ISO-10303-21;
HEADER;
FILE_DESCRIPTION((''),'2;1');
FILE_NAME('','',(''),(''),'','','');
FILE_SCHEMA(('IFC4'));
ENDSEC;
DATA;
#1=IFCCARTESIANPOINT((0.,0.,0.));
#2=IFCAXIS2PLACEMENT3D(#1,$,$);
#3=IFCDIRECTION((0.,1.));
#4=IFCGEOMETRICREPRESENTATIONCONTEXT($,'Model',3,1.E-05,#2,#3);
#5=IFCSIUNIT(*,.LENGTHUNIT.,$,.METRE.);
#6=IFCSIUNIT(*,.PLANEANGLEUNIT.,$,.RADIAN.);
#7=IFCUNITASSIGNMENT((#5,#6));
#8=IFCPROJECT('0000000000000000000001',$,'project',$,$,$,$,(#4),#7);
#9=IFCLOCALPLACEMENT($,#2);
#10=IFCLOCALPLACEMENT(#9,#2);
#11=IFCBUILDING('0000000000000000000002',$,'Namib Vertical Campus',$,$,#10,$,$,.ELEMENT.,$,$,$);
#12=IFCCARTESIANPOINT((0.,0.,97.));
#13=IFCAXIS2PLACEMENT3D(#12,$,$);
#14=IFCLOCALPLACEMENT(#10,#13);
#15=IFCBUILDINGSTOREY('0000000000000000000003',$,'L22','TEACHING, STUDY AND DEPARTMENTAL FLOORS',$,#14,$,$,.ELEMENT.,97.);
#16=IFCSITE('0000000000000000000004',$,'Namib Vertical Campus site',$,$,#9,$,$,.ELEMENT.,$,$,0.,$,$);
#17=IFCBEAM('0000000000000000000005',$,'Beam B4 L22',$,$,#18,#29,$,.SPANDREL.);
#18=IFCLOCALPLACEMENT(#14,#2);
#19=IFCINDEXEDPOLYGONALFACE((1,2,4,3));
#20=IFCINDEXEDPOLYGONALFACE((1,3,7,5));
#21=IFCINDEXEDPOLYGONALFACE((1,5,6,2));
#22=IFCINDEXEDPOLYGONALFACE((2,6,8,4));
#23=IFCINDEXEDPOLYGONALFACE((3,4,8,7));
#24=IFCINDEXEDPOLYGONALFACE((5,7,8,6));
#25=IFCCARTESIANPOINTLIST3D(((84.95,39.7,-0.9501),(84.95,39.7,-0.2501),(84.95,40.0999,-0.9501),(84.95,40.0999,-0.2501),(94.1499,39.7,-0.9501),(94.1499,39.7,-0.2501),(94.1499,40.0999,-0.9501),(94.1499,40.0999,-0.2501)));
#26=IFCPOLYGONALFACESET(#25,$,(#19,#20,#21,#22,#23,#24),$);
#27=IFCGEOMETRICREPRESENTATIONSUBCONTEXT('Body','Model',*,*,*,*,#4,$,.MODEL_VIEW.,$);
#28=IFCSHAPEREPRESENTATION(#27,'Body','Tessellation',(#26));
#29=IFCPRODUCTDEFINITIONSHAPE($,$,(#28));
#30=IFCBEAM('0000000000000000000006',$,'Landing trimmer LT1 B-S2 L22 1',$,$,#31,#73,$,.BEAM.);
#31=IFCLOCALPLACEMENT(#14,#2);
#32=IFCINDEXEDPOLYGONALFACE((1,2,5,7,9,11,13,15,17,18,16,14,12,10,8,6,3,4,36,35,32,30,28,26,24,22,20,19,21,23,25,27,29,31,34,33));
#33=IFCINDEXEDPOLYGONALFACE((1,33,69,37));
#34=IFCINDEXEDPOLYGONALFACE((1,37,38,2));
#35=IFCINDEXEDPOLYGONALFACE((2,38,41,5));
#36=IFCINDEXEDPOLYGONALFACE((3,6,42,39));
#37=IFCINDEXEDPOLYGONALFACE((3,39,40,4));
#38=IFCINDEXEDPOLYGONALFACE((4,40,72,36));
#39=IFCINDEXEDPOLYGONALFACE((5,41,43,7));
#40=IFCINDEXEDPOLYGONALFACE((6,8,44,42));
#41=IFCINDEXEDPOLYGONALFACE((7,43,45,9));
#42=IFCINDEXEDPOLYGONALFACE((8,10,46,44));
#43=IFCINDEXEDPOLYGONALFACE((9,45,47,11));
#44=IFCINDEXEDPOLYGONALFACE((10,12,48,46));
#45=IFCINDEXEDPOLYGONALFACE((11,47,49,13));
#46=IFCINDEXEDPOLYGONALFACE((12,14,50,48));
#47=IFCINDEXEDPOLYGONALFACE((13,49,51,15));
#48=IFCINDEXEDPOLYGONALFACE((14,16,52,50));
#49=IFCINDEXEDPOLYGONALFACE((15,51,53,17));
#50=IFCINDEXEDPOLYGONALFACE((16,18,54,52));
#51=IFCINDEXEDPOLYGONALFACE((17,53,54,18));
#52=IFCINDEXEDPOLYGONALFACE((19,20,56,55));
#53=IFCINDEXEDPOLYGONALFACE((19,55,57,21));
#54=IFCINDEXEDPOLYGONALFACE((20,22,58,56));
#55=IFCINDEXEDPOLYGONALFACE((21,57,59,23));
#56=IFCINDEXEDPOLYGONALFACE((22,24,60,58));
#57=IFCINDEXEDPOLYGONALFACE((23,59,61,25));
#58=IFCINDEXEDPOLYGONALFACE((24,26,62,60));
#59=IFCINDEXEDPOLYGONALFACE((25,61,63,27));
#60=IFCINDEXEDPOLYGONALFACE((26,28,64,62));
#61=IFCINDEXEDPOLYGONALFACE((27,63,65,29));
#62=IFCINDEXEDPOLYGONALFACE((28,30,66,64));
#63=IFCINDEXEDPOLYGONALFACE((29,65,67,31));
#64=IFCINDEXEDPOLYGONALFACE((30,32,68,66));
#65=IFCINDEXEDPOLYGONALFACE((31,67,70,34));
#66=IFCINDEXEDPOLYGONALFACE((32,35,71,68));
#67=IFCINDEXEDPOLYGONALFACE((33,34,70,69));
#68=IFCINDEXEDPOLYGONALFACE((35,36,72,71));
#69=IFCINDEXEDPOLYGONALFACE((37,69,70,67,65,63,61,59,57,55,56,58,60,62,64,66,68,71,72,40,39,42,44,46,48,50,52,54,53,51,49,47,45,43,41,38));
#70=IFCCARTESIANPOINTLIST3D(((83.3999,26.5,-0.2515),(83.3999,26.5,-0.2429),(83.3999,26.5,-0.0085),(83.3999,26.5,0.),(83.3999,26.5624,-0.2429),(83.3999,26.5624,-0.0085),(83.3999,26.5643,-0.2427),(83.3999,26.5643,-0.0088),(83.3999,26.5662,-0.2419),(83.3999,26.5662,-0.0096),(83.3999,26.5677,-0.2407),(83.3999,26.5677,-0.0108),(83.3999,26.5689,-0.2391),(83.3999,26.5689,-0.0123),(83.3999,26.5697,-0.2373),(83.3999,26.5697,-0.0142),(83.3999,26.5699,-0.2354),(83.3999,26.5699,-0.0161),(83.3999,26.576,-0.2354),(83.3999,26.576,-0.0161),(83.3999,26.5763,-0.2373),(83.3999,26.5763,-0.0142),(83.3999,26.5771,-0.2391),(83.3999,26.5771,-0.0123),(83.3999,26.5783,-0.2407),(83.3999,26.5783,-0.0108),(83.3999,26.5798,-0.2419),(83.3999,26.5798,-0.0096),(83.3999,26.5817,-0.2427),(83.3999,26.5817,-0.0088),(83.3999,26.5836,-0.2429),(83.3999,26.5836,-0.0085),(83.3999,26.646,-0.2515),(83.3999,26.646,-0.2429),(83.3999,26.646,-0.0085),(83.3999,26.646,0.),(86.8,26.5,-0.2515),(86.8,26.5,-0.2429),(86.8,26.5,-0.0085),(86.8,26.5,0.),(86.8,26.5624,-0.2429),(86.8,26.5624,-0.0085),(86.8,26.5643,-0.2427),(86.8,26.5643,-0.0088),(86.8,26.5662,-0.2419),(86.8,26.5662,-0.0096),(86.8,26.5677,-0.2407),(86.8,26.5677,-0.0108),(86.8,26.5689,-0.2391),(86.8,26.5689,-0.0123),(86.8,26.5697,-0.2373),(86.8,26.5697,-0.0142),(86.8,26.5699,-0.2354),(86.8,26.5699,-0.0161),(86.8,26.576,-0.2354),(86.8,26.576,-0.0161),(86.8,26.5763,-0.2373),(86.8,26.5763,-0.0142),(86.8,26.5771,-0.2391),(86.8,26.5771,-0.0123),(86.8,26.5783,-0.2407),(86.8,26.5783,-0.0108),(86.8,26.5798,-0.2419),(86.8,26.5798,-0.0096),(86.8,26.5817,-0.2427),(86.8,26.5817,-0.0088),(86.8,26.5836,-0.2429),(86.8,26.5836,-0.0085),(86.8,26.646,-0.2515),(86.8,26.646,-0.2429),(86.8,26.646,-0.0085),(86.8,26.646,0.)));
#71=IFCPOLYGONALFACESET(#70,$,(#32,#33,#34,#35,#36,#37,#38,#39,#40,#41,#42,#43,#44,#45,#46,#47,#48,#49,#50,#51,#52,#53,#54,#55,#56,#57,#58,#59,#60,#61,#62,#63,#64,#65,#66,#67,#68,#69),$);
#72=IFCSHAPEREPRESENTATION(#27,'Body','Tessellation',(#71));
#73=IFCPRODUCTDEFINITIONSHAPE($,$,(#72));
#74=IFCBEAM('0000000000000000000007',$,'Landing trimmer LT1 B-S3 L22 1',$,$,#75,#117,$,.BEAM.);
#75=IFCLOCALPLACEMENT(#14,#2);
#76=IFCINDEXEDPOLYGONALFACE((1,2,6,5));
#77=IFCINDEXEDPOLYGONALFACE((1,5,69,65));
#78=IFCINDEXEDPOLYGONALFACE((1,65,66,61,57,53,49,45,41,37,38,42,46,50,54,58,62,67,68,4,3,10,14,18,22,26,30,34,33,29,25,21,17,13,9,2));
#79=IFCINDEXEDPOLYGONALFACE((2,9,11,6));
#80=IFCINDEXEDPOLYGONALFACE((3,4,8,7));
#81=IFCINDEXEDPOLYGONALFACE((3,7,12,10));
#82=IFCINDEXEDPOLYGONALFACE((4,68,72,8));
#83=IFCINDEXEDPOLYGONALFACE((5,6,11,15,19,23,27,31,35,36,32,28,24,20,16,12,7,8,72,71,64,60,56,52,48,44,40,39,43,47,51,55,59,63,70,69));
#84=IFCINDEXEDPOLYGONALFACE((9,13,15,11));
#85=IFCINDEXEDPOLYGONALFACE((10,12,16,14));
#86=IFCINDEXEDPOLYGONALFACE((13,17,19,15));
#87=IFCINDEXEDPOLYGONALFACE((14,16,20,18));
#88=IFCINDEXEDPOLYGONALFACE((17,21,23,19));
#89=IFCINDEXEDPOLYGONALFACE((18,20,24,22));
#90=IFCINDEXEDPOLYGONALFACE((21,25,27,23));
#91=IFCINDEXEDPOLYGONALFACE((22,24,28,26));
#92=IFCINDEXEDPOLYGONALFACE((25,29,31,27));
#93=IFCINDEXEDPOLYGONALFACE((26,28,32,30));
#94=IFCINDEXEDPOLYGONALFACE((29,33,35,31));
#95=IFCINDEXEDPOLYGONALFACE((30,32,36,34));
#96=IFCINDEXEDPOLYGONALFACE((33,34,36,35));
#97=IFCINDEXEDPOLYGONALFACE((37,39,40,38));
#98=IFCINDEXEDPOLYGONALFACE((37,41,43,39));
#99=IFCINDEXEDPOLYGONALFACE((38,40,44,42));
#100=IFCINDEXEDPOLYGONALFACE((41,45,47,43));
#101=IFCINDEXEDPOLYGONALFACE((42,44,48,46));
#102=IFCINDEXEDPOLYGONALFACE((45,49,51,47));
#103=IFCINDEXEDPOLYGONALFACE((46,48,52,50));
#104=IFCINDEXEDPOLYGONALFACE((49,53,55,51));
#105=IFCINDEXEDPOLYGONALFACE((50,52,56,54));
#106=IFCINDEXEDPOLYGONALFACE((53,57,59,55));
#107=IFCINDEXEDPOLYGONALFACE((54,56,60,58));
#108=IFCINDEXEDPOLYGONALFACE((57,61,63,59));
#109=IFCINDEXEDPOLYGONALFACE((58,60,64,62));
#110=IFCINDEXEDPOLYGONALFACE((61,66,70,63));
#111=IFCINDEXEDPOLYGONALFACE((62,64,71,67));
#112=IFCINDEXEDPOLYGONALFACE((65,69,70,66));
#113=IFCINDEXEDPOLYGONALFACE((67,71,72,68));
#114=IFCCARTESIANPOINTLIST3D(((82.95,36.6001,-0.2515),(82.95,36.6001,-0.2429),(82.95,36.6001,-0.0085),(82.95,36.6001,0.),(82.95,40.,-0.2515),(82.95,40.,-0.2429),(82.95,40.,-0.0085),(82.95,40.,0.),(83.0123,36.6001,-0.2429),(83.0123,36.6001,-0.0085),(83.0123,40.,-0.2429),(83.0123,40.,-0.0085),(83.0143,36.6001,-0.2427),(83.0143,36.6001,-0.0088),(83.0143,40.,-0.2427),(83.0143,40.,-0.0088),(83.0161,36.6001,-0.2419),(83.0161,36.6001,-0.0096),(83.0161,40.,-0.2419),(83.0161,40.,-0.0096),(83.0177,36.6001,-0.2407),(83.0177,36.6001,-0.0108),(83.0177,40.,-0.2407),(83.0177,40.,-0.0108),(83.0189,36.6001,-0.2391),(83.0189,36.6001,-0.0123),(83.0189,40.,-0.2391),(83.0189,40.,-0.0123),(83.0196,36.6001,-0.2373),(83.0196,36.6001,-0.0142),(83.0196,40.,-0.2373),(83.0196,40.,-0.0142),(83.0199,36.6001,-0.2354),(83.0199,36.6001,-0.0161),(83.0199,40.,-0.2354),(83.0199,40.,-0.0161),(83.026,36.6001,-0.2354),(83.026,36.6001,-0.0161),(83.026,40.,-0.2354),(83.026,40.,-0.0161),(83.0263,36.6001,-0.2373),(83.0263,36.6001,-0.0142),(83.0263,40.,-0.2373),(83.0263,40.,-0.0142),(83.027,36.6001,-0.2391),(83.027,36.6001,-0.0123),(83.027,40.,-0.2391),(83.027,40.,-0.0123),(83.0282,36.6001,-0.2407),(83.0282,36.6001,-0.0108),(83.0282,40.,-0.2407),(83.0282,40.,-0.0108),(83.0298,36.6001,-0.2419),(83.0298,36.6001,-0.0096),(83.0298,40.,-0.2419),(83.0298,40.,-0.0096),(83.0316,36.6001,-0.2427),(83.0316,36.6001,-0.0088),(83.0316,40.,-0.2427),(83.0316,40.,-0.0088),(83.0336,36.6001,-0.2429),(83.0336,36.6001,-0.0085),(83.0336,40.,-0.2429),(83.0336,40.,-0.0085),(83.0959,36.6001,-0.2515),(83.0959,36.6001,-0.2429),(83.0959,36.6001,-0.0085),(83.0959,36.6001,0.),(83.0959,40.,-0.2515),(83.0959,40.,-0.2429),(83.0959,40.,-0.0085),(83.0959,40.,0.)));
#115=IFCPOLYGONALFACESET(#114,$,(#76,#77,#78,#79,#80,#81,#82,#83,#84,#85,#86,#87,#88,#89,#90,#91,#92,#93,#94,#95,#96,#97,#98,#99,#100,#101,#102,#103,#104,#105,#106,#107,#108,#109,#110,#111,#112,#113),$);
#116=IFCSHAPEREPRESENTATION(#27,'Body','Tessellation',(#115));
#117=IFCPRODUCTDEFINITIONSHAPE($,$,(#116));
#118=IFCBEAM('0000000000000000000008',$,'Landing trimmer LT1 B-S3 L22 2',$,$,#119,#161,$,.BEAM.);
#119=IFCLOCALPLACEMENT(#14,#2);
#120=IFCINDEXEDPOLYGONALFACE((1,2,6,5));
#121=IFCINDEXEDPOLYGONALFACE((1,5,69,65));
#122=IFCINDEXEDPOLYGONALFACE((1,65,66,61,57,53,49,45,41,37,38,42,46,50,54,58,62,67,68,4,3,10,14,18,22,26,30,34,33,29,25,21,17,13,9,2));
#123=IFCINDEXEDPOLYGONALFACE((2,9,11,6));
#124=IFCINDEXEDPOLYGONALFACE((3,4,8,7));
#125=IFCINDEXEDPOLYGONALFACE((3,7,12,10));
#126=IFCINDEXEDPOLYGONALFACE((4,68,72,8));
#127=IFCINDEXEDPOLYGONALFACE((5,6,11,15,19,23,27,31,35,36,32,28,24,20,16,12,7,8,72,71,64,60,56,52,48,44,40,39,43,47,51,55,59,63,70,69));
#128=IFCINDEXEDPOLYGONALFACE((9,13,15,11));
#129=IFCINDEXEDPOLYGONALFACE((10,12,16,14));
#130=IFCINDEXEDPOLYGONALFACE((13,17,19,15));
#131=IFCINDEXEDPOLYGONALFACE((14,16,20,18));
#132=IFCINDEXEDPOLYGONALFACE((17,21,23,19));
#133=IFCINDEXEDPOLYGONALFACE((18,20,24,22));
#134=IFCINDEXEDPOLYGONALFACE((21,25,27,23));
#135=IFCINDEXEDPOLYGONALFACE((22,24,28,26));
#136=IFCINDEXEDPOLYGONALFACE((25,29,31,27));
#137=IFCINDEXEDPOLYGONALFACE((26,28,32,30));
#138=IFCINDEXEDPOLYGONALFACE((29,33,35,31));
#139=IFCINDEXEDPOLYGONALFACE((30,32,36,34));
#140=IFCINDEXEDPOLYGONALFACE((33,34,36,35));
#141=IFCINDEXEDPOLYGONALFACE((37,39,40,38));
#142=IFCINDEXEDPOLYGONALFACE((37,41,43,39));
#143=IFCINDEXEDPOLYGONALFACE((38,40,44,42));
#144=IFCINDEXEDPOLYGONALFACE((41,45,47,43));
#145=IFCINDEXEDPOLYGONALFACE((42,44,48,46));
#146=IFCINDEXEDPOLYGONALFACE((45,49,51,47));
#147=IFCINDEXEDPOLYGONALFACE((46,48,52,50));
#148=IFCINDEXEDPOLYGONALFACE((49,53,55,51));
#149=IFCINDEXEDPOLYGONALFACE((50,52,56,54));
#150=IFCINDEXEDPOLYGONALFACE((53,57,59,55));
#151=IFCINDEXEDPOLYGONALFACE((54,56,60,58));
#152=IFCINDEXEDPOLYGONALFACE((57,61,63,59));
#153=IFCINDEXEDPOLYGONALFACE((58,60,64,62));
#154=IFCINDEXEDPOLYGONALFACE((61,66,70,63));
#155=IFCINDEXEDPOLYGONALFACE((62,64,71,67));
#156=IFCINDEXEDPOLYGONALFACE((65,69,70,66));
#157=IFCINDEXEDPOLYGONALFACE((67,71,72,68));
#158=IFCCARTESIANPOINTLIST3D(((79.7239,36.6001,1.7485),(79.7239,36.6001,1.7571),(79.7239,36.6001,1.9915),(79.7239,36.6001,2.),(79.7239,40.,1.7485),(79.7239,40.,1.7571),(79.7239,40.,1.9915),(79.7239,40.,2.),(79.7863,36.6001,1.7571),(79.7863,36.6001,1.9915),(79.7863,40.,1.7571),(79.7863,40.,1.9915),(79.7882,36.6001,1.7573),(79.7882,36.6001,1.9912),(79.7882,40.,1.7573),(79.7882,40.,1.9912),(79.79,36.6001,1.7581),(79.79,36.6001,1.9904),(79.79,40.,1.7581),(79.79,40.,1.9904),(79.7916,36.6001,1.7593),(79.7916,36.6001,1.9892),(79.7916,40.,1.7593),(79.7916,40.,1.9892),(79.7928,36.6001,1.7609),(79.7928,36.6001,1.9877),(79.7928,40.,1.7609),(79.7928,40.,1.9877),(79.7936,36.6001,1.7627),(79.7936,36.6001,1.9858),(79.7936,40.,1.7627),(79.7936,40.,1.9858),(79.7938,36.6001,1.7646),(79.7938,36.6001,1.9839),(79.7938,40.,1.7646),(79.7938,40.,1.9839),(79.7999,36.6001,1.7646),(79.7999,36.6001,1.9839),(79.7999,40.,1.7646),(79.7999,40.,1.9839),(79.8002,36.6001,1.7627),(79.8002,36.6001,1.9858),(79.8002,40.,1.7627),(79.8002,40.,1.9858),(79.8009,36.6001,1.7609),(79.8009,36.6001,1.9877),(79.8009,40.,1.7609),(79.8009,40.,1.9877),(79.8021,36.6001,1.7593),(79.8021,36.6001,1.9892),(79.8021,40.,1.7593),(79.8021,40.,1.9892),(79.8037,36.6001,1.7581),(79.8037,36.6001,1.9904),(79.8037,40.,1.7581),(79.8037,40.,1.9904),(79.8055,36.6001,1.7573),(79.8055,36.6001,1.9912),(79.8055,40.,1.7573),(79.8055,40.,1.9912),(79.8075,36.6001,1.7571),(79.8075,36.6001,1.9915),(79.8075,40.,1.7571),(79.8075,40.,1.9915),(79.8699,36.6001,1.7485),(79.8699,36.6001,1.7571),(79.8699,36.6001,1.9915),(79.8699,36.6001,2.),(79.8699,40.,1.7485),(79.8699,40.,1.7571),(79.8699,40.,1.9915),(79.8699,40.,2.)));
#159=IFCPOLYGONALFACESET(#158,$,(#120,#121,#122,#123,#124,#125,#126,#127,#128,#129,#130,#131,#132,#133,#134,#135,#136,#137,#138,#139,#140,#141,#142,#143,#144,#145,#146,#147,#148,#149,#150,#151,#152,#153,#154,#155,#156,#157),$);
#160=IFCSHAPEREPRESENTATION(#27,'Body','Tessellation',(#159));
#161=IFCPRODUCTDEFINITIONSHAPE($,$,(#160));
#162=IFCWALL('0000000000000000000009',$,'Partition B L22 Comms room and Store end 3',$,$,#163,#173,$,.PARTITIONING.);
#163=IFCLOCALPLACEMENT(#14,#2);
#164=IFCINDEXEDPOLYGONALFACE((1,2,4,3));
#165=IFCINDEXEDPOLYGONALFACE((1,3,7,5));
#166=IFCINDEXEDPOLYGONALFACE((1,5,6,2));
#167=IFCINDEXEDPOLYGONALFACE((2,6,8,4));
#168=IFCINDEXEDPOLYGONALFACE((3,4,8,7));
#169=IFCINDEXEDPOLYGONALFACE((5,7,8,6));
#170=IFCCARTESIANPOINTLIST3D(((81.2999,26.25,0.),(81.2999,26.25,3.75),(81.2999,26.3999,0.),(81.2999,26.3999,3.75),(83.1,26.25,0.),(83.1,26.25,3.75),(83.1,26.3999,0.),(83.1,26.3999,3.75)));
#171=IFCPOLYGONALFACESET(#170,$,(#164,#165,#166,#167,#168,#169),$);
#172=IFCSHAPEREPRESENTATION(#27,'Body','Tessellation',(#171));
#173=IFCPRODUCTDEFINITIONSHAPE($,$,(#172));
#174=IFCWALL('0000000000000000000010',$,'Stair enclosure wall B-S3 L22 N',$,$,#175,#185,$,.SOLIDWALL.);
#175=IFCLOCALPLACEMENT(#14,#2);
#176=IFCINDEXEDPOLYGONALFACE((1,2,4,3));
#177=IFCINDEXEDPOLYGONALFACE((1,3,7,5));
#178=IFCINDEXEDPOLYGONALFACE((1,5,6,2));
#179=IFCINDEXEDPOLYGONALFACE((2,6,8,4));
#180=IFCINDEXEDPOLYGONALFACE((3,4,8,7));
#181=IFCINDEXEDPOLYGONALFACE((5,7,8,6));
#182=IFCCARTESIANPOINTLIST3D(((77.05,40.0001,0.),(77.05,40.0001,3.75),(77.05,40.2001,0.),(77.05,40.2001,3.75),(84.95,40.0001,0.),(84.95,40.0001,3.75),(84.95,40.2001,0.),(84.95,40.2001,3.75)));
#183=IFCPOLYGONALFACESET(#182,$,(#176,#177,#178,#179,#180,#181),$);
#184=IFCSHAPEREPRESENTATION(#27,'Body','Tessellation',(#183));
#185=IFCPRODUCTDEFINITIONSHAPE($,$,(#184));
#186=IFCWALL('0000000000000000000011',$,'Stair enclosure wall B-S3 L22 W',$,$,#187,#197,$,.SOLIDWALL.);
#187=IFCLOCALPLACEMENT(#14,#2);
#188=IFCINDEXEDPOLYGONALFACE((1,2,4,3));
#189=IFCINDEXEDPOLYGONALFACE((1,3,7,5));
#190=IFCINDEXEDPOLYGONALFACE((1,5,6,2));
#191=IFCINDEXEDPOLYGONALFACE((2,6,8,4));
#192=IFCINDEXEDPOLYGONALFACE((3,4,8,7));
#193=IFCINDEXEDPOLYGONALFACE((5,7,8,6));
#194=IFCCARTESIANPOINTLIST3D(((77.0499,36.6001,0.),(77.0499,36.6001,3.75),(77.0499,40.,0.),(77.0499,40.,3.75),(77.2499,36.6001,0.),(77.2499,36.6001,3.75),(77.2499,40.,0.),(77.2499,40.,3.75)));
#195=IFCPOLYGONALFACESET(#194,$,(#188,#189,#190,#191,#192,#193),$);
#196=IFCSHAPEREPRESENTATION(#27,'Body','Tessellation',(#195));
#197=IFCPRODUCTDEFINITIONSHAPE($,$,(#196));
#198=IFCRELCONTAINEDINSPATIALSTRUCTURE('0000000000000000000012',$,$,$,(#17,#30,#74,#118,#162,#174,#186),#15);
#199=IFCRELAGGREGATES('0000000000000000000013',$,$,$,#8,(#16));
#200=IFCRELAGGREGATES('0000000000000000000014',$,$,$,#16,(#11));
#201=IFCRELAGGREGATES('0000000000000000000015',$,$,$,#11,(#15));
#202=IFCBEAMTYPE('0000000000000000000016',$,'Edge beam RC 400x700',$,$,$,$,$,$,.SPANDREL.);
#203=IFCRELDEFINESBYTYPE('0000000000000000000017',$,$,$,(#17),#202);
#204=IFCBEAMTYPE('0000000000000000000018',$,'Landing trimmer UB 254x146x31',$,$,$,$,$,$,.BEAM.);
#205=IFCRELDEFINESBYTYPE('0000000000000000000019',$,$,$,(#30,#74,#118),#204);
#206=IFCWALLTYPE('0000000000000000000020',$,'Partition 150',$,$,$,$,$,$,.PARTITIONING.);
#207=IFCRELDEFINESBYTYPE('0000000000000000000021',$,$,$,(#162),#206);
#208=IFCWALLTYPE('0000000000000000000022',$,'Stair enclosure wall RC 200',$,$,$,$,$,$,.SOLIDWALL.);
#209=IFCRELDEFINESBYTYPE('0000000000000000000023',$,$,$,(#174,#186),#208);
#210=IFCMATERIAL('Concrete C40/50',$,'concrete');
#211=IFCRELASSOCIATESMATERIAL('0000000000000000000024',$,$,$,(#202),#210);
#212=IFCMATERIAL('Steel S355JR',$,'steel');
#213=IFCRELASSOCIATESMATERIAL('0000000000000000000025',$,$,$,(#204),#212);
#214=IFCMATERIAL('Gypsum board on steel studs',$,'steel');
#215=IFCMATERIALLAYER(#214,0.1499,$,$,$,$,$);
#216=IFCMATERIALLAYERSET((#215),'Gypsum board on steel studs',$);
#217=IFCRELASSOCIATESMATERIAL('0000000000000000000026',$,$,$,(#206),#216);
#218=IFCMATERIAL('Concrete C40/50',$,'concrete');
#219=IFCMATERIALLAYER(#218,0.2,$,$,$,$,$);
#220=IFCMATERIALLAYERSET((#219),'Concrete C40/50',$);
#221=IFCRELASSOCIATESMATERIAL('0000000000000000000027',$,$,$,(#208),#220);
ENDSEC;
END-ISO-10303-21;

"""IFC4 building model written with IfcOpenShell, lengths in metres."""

from ifc_helpers import new_model, si_unit, direction, frame, frame_2d, origin, origin_2d, place, context, subcontext, project, spatial, rectangle, i_section, extrude, material, layer, layer_set, material_profile, profile_set, type_object, element, save


model = new_model("IFC4")

# Units and contexts
model_context = context("Model", 3, precision=1e-05, world=origin(), true_north=direction((0.0, 1.0)))
body_context = subcontext(model_context, "Body", "Model", "MODEL_VIEW")
ifc_project = project(units=[si_unit("LENGTHUNIT", "METRE"), si_unit("PLANEANGLEUNIT", "RADIAN")], contexts=[model_context])

# Site, building, storey
site_placement = place(None, origin())
site = spatial("IfcSite", under=ifc_project, at=site_placement, Name="Namib Vertical Campus site", CompositionType="ELEMENT", RefElevation=0.0)
building_placement = place(site_placement, origin())
building = spatial("IfcBuilding", under=site, at=building_placement, Name="Namib Vertical Campus", CompositionType="ELEMENT")
storey_placement = place(building_placement, frame((0.0, 0.0, 97.0)))
storey = spatial("IfcBuildingStorey", under=building, at=storey_placement, Name="L22", Description="TEACHING, STUDY AND DEPARTMENTAL FLOORS", CompositionType="ELEMENT", Elevation=97.0)

# Beams
ifc_material_1 = material(Name="Concrete C40/50", Category="concrete")
ifc_material_profile_1 = material_profile(ifc_material_1, rectangle(XDim=0.3999, YDim=0.7, at=origin_2d()))
ifc_profile_set_1 = profile_set([ifc_material_profile_1], Name="Concrete C40/50")
beam_type_1 = type_object("IfcBeamType", Name="Edge beam RC 400x700", PredefinedType="SPANDREL", material=ifc_profile_set_1)
beam_1_placement = place(storey_placement, frame((84.95, 39.8999, -0.6001), z_axis=(1.0, 0.0, 0.0), x_axis=(0.0, 1.0, 0.0)))
element("IfcBeam", 1, at=beam_1_placement, inside=storey, type_object=beam_type_1, Name="Beam B4 L22", PredefinedType="SPANDREL", context=body_context, shape_type="SweptSolid", body=[
    extrude(rectangle(XDim=0.3999, YDim=0.7, at=origin_2d()), origin(), (0.0, 0.0, 1.0), 9.2),
])
ifc_material_2 = material(Name="Steel S355JR", Category="steel")
ifc_material_profile_2 = material_profile(ifc_material_2, i_section(OverallWidth=0.146, OverallDepth=0.2515, WebThickness=0.0061, FlangeThickness=0.0085, FilletRadius=0.0076, at=origin_2d()))
ifc_profile_set_2 = profile_set([ifc_material_profile_2], Name="Steel S355JR")
beam_type_2 = type_object("IfcBeamType", Name="Landing trimmer UB 254x146x31", PredefinedType="BEAM", material=ifc_profile_set_2)
beam_2_placement = place(storey_placement, frame((83.3999, 26.573, -0.1257), z_axis=(1.0, 0.0, 0.0), x_axis=(0.0, 1.0, 0.0)))
element("IfcBeam", 2, at=beam_2_placement, inside=storey, type_object=beam_type_2, Name="Landing trimmer LT1 B-S2 L22 1", PredefinedType="BEAM", context=body_context, shape_type="SweptSolid", body=[
    extrude(i_section(OverallWidth=0.146, OverallDepth=0.2515, WebThickness=0.0061, FlangeThickness=0.0085, FilletRadius=0.0076, at=origin_2d()), origin(), (0.0, 0.0, 1.0), 3.4001),
])
for number, where, z_axis, x_axis, name in (
    (3, (83.0229, 36.6001, -0.1257), (0.0, 1.0, 0.0), (-1.0, 0.0, 0.0), "Landing trimmer LT1 B-S3 L22 1"),
    (4, (79.7969, 36.6001, 1.8743), (0.0, 1.0, 0.0), (-1.0, 0.0, 0.0), "Landing trimmer LT1 B-S3 L22 2"),
):
    element("IfcBeam", number, at=place(storey_placement, frame(where, z_axis=z_axis, x_axis=x_axis)), inside=storey, type_object=beam_type_2, Name=name, PredefinedType="BEAM", context=body_context, shape_type="SweptSolid", body=[
        extrude(i_section(OverallWidth=0.146, OverallDepth=0.2515, WebThickness=0.0061, FlangeThickness=0.0085, FilletRadius=0.0076, at=origin_2d()), origin(), (0.0, 0.0, 1.0), 3.3999),
    ])

# Walls
ifc_material_3 = material(Name="Gypsum board on steel studs", Category="steel")
ifc_layer_1 = layer(ifc_material_3, 0.1499)
ifc_layer_set_1 = layer_set([ifc_layer_1], Name="Gypsum board on steel studs")
wall_type_1 = type_object("IfcWallType", Name="Partition 150", PredefinedType="PARTITIONING", material=ifc_layer_set_1)
wall_1_placement = place(storey_placement, frame((81.3, 26.325, 0.0), z_axis=(0.0, 0.0, 1.0), x_axis=(1.0, 0.0, 0.0)))
element("IfcWall", 5, at=wall_1_placement, inside=storey, type_object=wall_type_1, Name="Partition B L22 Comms room and Store end 3", PredefinedType="PARTITIONING", context=body_context, shape_type="SweptSolid", body=[
    extrude(rectangle(XDim=1.8, YDim=0.1499, at=frame_2d((0.8999, 0.0))), origin(), (0.0, 0.0, 1.0), 3.75),
])
ifc_material_4 = material(Name="Concrete C40/50", Category="concrete")
ifc_layer_2 = layer(ifc_material_4, 0.2)
ifc_layer_set_2 = layer_set([ifc_layer_2], Name="Concrete C40/50")
wall_type_2 = type_object("IfcWallType", Name="Stair enclosure wall RC 200", PredefinedType="SOLIDWALL", material=ifc_layer_set_2)
wall_2_placement = place(storey_placement, frame((77.05, 40.1001, 0.0), z_axis=(0.0, 0.0, 1.0), x_axis=(1.0, 0.0, 0.0)))
element("IfcWall", 6, at=wall_2_placement, inside=storey, type_object=wall_type_2, Name="Stair enclosure wall B-S3 L22 N", PredefinedType="SOLIDWALL", context=body_context, shape_type="SweptSolid", body=[
    extrude(rectangle(XDim=7.8999, YDim=0.2, at=frame_2d((3.95, 0.0))), origin(), (0.0, 0.0, 1.0), 3.75),
])
for number, where, z_axis, x_axis, name in (
    (7, (77.1499, 36.6001, 0.0), (0.0, 0.0, 1.0), (0.0, 1.0, 0.0), "Stair enclosure wall B-S3 L22 W"),
):
    element("IfcWall", number, at=place(storey_placement, frame(where, z_axis=z_axis, x_axis=x_axis)), inside=storey, type_object=wall_type_2, Name=name, PredefinedType="SOLIDWALL", context=body_context, shape_type="SweptSolid", body=[
        extrude(rectangle(XDim=3.3999, YDim=0.2, at=frame_2d((1.7, 0.0))), origin(), (0.0, 0.0, 1.0), 3.75),
    ])

save(model, "model.ifc")
